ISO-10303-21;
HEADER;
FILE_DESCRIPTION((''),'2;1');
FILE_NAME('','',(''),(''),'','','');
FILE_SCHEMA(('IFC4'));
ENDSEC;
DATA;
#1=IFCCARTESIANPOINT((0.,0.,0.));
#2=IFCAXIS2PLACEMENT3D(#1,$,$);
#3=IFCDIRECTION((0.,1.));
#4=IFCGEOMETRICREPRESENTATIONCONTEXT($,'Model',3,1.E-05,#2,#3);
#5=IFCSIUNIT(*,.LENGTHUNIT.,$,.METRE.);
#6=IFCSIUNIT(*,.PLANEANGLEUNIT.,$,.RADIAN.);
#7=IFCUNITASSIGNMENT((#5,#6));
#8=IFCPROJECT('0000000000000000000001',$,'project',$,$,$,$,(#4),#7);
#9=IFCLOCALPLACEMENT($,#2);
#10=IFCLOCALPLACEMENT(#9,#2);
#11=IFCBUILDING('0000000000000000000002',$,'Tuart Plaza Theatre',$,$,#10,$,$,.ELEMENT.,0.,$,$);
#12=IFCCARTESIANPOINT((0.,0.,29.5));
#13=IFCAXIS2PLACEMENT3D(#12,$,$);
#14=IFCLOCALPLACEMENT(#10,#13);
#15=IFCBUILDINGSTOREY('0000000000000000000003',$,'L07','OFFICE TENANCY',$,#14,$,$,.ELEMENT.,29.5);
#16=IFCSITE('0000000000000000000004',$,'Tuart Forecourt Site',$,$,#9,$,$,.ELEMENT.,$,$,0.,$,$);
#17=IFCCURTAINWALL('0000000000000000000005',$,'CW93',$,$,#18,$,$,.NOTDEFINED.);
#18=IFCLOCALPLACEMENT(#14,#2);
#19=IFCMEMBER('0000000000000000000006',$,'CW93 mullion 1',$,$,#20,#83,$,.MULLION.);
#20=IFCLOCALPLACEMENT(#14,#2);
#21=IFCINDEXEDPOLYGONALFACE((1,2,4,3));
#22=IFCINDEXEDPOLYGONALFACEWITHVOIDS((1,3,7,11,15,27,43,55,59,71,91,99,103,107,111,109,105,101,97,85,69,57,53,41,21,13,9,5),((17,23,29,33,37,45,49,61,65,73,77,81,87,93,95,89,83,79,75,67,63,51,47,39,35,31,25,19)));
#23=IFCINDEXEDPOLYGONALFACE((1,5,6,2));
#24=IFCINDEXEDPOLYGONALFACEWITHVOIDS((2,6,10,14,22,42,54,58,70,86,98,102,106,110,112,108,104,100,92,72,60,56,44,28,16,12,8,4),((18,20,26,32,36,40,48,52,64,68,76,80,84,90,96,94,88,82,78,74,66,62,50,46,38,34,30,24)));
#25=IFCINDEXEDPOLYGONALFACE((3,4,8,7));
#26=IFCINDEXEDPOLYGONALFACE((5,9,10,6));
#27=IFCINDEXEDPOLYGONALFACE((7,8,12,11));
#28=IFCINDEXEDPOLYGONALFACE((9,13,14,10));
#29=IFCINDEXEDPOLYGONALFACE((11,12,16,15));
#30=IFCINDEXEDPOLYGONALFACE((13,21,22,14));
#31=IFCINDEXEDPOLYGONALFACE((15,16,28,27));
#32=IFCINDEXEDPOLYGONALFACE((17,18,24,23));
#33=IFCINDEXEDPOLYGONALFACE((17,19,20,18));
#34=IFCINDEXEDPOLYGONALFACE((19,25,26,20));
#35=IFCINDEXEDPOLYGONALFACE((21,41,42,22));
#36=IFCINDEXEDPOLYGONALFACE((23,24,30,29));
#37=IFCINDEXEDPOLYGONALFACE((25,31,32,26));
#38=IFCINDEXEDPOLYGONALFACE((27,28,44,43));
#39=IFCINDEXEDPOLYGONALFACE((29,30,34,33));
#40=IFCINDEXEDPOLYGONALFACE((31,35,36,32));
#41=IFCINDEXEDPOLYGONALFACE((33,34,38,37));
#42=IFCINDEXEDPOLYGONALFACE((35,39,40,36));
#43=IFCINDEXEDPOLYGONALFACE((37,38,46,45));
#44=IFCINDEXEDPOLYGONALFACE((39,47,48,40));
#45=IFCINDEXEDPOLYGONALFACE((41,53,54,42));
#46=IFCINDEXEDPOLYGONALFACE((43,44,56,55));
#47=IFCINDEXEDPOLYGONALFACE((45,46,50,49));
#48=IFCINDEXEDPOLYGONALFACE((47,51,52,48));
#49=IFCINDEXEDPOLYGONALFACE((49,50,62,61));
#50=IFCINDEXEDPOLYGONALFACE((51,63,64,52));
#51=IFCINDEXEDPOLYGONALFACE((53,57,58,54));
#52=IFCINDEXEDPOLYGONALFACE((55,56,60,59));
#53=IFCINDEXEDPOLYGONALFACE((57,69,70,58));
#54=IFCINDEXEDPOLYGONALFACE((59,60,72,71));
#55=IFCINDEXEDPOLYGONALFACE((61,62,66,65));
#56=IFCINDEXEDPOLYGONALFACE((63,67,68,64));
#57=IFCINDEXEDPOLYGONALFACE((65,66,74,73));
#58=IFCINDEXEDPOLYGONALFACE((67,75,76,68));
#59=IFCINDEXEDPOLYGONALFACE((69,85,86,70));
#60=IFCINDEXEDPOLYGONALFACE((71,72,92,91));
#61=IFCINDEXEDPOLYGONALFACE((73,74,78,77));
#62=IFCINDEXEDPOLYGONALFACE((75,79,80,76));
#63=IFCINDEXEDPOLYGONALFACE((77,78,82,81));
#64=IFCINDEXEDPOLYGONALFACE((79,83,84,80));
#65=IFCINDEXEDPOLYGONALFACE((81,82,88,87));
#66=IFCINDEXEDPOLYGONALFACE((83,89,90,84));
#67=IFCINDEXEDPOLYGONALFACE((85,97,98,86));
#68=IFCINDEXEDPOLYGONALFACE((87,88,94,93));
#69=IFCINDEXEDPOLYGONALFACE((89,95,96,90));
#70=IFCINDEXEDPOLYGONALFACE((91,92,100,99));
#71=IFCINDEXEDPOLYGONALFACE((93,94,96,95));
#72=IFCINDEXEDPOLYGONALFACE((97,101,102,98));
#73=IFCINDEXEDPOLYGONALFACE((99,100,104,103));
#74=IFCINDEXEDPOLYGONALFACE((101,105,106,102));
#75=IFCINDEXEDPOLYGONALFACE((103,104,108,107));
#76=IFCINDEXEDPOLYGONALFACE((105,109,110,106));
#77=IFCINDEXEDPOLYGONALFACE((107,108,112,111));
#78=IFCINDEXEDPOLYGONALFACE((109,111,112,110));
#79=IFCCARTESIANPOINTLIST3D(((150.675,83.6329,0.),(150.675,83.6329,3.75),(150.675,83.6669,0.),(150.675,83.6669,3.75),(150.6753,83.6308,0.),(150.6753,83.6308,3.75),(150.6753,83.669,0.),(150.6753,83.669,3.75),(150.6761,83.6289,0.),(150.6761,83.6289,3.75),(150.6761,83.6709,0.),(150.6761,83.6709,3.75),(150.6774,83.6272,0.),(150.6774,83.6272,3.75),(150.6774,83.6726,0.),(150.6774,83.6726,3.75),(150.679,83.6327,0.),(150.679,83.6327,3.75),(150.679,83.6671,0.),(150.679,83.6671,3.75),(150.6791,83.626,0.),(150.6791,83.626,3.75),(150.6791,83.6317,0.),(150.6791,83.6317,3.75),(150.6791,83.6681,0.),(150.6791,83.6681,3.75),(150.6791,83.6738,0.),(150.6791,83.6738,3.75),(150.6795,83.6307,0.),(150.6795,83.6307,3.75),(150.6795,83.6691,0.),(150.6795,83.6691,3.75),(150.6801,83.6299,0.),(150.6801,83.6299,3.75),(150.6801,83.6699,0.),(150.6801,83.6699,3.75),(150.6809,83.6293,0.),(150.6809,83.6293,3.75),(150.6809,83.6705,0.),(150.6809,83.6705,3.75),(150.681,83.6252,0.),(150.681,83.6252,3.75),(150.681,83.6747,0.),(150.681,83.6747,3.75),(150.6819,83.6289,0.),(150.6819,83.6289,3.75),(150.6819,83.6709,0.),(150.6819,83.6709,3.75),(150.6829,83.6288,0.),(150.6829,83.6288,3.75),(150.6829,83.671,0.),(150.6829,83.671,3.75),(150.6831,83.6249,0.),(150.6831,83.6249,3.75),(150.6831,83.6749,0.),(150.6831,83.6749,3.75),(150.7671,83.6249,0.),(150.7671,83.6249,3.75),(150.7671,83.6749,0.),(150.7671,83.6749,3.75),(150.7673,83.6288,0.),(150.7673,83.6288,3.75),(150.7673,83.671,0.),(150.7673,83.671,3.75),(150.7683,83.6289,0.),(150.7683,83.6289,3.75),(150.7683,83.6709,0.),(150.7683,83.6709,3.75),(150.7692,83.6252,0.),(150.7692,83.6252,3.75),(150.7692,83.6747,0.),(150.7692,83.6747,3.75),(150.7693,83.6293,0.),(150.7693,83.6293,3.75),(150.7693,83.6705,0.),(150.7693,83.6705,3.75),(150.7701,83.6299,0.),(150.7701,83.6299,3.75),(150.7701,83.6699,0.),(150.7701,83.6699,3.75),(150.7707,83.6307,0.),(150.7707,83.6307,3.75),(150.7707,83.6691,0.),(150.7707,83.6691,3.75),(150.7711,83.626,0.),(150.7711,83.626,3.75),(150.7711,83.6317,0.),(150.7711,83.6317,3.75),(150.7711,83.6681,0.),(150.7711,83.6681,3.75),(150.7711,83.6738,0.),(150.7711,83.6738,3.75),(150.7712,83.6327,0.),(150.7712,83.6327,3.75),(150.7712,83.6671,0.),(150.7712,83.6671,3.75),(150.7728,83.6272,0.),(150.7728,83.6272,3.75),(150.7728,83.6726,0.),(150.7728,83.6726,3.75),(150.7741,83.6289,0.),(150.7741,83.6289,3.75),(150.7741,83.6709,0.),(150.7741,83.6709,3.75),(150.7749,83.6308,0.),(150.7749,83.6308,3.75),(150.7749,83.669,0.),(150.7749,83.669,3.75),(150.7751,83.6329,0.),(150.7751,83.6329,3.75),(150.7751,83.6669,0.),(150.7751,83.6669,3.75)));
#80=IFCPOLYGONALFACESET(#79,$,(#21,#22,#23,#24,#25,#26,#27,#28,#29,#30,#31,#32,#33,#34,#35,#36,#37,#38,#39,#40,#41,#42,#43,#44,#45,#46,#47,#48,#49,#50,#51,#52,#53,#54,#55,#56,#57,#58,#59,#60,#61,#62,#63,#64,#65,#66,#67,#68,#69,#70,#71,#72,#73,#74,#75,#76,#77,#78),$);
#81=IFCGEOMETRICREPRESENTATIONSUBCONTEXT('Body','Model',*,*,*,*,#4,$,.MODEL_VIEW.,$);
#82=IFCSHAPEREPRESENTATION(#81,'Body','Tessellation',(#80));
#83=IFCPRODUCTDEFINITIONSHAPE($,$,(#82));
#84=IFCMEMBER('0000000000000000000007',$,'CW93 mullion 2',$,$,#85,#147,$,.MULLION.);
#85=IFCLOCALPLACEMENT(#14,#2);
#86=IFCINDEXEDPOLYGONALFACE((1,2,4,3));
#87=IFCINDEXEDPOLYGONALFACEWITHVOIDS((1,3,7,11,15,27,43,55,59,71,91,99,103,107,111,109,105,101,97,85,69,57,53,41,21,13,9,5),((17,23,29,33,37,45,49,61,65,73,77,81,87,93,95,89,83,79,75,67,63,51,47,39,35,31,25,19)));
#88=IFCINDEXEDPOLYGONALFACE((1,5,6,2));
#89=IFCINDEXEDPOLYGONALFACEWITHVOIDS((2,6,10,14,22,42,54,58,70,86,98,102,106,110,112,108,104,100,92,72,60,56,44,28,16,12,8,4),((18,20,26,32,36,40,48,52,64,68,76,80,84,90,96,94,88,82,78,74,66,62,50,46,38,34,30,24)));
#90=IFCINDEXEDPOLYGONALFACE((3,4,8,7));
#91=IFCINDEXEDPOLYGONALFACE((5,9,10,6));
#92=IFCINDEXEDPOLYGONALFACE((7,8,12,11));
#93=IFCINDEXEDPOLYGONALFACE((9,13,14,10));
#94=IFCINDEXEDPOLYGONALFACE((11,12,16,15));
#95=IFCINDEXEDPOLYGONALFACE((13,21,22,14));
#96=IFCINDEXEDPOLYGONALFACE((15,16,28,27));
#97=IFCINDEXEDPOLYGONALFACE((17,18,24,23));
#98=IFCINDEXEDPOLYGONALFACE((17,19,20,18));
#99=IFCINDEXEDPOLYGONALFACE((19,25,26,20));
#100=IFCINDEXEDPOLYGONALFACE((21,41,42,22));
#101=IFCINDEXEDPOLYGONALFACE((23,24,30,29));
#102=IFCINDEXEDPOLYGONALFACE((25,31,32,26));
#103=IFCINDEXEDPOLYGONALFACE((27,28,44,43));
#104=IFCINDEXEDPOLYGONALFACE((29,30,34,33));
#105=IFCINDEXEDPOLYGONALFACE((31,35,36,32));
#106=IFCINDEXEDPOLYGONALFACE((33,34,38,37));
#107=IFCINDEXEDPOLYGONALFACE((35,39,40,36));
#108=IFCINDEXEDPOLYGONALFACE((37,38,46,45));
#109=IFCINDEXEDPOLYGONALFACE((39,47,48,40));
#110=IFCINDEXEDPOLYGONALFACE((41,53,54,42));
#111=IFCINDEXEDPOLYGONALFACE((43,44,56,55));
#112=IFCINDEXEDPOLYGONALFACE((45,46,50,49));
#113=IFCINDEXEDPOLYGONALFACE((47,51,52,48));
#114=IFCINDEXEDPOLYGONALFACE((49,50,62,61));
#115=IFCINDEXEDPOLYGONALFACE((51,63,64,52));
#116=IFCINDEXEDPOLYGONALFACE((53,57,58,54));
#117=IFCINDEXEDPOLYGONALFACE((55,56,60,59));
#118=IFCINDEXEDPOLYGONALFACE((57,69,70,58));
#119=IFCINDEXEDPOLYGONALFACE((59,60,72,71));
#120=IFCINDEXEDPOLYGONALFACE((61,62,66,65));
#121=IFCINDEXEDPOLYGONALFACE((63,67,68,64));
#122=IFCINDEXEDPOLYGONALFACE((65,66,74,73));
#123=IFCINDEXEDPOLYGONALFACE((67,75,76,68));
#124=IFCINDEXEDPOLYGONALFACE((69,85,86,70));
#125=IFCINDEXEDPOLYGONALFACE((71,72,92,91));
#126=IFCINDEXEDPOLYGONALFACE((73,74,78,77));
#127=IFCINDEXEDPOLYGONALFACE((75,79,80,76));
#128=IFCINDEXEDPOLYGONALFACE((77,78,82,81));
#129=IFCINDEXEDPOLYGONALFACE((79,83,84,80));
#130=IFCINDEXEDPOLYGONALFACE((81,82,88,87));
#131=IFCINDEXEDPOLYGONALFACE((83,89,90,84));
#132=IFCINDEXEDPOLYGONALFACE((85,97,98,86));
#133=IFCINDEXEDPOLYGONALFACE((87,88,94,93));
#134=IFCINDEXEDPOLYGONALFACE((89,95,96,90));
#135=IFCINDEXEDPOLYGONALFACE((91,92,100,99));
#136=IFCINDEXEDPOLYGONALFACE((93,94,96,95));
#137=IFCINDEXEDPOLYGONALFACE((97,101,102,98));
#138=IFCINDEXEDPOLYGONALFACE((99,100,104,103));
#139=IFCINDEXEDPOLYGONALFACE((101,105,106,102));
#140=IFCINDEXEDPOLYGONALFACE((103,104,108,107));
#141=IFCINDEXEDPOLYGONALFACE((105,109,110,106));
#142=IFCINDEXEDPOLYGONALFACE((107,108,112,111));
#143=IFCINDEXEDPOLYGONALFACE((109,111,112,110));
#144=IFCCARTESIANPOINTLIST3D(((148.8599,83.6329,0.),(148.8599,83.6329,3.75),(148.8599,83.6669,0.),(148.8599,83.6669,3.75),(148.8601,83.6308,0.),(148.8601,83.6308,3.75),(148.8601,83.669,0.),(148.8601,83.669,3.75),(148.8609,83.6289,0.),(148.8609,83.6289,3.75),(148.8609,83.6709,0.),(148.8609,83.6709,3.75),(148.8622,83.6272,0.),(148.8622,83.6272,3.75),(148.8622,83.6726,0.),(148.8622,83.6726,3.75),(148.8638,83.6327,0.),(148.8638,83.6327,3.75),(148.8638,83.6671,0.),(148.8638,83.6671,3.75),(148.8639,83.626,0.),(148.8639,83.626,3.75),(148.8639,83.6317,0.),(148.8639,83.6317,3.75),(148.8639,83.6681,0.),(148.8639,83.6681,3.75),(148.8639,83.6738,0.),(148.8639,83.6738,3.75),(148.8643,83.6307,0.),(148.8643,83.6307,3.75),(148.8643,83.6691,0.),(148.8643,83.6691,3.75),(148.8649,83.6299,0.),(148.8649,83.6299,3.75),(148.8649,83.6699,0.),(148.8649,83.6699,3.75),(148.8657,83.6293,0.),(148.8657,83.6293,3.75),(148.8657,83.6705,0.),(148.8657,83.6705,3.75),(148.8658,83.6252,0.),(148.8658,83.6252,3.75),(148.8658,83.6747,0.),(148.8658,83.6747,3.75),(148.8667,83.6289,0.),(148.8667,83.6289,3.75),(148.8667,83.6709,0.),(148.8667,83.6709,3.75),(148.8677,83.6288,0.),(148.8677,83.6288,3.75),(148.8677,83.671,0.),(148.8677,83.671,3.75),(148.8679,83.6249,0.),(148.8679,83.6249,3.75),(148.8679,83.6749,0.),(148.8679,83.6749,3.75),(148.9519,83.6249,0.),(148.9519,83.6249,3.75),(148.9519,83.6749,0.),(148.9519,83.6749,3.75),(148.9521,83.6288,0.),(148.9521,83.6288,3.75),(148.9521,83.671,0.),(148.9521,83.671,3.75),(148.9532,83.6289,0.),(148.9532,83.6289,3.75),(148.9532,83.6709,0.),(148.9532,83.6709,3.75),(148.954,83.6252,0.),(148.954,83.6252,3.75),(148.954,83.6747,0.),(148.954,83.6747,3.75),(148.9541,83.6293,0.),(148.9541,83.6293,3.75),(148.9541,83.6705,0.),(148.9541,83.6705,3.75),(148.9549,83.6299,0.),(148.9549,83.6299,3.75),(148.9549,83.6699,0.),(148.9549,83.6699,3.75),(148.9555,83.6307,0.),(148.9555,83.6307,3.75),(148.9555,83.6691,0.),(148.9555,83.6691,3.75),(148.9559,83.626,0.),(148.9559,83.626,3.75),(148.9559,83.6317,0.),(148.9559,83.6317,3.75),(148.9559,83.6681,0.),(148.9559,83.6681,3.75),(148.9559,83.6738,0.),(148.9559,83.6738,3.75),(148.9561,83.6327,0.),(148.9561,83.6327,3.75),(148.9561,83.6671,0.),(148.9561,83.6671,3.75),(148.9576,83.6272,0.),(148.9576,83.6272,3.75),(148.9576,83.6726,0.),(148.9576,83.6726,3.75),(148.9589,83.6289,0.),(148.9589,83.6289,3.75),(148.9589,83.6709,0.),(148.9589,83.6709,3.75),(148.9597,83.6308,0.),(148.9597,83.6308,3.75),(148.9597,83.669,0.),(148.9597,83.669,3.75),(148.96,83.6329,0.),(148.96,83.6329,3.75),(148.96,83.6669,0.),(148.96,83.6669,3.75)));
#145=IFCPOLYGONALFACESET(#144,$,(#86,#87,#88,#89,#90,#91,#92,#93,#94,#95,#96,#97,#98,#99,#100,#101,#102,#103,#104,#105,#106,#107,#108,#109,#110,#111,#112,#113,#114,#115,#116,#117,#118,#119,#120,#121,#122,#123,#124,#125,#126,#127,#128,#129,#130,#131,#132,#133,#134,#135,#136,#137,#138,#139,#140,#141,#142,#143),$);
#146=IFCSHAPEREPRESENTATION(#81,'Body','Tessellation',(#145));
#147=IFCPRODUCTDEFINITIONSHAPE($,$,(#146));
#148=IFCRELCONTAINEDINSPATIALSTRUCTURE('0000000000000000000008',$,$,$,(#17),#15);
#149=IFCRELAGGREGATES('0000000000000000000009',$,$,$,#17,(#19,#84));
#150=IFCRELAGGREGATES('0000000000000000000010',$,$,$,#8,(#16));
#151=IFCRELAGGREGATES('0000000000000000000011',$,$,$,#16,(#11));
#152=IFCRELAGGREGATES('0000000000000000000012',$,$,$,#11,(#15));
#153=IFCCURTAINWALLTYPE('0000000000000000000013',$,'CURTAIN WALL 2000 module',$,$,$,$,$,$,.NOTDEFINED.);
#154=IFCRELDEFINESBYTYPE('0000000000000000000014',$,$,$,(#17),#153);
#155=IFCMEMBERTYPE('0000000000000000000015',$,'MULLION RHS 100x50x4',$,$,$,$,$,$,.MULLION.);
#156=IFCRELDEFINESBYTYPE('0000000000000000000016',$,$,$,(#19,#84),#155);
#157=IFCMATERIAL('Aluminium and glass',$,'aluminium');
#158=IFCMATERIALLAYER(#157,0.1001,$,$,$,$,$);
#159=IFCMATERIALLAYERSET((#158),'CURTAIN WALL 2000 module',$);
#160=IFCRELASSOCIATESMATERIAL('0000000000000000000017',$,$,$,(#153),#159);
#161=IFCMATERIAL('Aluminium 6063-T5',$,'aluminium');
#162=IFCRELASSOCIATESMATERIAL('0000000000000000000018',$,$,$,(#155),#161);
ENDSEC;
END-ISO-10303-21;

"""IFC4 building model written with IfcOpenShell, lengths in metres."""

from ifc_helpers import new_model, si_unit, direction, frame, origin, origin_2d, place, context, subcontext, project, spatial, hollow_rectangle, extrude, material, layer, layer_set, material_profile, profile_set, type_object, element, aggregate, save


model = new_model("IFC4")

# Units and contexts
model_context = context("Model", 3, precision=1e-05, world=origin(), true_north=direction((0.0, 1.0)))
body_context = subcontext(model_context, "Body", "Model", "MODEL_VIEW")
ifc_project = project(units=[si_unit("LENGTHUNIT", "METRE"), si_unit("PLANEANGLEUNIT", "RADIAN")], contexts=[model_context])

# Site, building, storey
site_placement = place(None, origin())
site = spatial("IfcSite", under=ifc_project, at=site_placement, Name="Tuart Forecourt Site", CompositionType="ELEMENT", RefElevation=0.0)
building_placement = place(site_placement, origin())
building = spatial("IfcBuilding", under=site, at=building_placement, Name="Tuart Plaza Theatre", CompositionType="ELEMENT", ElevationOfRefHeight=0.0)
storey_placement = place(building_placement, frame((0.0, 0.0, 29.5)))
storey = spatial("IfcBuildingStorey", under=building, at=storey_placement, Name="L07", Description="OFFICE TENANCY", CompositionType="ELEMENT", Elevation=29.5)

# Curtain wall, members
ifc_material_1 = material(Name="Aluminium and glass", Category="aluminium")
ifc_layer_1 = layer(ifc_material_1, 0.1001)
ifc_layer_set_1 = layer_set([ifc_layer_1], Name="CURTAIN WALL 2000 module")
curtain_wall_type = type_object("IfcCurtainWallType", Name="CURTAIN WALL 2000 module", PredefinedType="NOTDEFINED", material=ifc_layer_set_1)
curtain_wall_1_placement = place(storey_placement, origin())
curtain_wall_1 = element("IfcCurtainWall", 1, at=curtain_wall_1_placement, inside=storey, type_object=curtain_wall_type, Name="CW93", PredefinedType="NOTDEFINED")
ifc_material_2 = material(Name="Aluminium 6063-T5", Category="aluminium")
ifc_material_profile_1 = material_profile(ifc_material_2, hollow_rectangle(XDim=0.05, YDim=0.1001, WallThickness=0.0039, InnerFilletRadius=0.0039, OuterFilletRadius=0.0081, at=origin_2d()), Name="RHS 100x50x4")
ifc_profile_set_1 = profile_set([ifc_material_profile_1], Name="Aluminium 6063-T5")
member_type_1 = type_object("IfcMemberType", Name="MULLION RHS 100x50x4", PredefinedType="MULLION", material=ifc_profile_set_1)
member_1_placement = place(storey_placement, frame((150.7251, 83.6499, 0.0), z_axis=(0.0, 0.0, 1.0), x_axis=(0.0, -1.0, 0.0)))
member_1 = element("IfcMember", 2, at=member_1_placement, type_object=member_type_1, Name="CW93 mullion 1", PredefinedType="MULLION", context=body_context, shape_type="SweptSolid", body=[
    extrude(hollow_rectangle(XDim=0.05, YDim=0.1001, WallThickness=0.0039, InnerFilletRadius=0.0039, OuterFilletRadius=0.0081, at=origin_2d()), origin(), (0.0, 0.0, 1.0), 3.75),
])
member_2_placement = place(storey_placement, frame((148.9099, 83.6499, 0.0), z_axis=(0.0, 0.0, 1.0), x_axis=(0.0, -1.0, 0.0)))
member_2 = element("IfcMember", 3, at=member_2_placement, type_object=member_type_1, Name="CW93 mullion 2", PredefinedType="MULLION", context=body_context, shape_type="SweptSolid", body=[
    extrude(hollow_rectangle(XDim=0.05, YDim=0.1001, WallThickness=0.0039, InnerFilletRadius=0.0039, OuterFilletRadius=0.0081, at=origin_2d()), origin(), (0.0, 0.0, 1.0), 3.75),
])

aggregate(curtain_wall_1, [member_1, member_2])

save(model, "model.ifc")
